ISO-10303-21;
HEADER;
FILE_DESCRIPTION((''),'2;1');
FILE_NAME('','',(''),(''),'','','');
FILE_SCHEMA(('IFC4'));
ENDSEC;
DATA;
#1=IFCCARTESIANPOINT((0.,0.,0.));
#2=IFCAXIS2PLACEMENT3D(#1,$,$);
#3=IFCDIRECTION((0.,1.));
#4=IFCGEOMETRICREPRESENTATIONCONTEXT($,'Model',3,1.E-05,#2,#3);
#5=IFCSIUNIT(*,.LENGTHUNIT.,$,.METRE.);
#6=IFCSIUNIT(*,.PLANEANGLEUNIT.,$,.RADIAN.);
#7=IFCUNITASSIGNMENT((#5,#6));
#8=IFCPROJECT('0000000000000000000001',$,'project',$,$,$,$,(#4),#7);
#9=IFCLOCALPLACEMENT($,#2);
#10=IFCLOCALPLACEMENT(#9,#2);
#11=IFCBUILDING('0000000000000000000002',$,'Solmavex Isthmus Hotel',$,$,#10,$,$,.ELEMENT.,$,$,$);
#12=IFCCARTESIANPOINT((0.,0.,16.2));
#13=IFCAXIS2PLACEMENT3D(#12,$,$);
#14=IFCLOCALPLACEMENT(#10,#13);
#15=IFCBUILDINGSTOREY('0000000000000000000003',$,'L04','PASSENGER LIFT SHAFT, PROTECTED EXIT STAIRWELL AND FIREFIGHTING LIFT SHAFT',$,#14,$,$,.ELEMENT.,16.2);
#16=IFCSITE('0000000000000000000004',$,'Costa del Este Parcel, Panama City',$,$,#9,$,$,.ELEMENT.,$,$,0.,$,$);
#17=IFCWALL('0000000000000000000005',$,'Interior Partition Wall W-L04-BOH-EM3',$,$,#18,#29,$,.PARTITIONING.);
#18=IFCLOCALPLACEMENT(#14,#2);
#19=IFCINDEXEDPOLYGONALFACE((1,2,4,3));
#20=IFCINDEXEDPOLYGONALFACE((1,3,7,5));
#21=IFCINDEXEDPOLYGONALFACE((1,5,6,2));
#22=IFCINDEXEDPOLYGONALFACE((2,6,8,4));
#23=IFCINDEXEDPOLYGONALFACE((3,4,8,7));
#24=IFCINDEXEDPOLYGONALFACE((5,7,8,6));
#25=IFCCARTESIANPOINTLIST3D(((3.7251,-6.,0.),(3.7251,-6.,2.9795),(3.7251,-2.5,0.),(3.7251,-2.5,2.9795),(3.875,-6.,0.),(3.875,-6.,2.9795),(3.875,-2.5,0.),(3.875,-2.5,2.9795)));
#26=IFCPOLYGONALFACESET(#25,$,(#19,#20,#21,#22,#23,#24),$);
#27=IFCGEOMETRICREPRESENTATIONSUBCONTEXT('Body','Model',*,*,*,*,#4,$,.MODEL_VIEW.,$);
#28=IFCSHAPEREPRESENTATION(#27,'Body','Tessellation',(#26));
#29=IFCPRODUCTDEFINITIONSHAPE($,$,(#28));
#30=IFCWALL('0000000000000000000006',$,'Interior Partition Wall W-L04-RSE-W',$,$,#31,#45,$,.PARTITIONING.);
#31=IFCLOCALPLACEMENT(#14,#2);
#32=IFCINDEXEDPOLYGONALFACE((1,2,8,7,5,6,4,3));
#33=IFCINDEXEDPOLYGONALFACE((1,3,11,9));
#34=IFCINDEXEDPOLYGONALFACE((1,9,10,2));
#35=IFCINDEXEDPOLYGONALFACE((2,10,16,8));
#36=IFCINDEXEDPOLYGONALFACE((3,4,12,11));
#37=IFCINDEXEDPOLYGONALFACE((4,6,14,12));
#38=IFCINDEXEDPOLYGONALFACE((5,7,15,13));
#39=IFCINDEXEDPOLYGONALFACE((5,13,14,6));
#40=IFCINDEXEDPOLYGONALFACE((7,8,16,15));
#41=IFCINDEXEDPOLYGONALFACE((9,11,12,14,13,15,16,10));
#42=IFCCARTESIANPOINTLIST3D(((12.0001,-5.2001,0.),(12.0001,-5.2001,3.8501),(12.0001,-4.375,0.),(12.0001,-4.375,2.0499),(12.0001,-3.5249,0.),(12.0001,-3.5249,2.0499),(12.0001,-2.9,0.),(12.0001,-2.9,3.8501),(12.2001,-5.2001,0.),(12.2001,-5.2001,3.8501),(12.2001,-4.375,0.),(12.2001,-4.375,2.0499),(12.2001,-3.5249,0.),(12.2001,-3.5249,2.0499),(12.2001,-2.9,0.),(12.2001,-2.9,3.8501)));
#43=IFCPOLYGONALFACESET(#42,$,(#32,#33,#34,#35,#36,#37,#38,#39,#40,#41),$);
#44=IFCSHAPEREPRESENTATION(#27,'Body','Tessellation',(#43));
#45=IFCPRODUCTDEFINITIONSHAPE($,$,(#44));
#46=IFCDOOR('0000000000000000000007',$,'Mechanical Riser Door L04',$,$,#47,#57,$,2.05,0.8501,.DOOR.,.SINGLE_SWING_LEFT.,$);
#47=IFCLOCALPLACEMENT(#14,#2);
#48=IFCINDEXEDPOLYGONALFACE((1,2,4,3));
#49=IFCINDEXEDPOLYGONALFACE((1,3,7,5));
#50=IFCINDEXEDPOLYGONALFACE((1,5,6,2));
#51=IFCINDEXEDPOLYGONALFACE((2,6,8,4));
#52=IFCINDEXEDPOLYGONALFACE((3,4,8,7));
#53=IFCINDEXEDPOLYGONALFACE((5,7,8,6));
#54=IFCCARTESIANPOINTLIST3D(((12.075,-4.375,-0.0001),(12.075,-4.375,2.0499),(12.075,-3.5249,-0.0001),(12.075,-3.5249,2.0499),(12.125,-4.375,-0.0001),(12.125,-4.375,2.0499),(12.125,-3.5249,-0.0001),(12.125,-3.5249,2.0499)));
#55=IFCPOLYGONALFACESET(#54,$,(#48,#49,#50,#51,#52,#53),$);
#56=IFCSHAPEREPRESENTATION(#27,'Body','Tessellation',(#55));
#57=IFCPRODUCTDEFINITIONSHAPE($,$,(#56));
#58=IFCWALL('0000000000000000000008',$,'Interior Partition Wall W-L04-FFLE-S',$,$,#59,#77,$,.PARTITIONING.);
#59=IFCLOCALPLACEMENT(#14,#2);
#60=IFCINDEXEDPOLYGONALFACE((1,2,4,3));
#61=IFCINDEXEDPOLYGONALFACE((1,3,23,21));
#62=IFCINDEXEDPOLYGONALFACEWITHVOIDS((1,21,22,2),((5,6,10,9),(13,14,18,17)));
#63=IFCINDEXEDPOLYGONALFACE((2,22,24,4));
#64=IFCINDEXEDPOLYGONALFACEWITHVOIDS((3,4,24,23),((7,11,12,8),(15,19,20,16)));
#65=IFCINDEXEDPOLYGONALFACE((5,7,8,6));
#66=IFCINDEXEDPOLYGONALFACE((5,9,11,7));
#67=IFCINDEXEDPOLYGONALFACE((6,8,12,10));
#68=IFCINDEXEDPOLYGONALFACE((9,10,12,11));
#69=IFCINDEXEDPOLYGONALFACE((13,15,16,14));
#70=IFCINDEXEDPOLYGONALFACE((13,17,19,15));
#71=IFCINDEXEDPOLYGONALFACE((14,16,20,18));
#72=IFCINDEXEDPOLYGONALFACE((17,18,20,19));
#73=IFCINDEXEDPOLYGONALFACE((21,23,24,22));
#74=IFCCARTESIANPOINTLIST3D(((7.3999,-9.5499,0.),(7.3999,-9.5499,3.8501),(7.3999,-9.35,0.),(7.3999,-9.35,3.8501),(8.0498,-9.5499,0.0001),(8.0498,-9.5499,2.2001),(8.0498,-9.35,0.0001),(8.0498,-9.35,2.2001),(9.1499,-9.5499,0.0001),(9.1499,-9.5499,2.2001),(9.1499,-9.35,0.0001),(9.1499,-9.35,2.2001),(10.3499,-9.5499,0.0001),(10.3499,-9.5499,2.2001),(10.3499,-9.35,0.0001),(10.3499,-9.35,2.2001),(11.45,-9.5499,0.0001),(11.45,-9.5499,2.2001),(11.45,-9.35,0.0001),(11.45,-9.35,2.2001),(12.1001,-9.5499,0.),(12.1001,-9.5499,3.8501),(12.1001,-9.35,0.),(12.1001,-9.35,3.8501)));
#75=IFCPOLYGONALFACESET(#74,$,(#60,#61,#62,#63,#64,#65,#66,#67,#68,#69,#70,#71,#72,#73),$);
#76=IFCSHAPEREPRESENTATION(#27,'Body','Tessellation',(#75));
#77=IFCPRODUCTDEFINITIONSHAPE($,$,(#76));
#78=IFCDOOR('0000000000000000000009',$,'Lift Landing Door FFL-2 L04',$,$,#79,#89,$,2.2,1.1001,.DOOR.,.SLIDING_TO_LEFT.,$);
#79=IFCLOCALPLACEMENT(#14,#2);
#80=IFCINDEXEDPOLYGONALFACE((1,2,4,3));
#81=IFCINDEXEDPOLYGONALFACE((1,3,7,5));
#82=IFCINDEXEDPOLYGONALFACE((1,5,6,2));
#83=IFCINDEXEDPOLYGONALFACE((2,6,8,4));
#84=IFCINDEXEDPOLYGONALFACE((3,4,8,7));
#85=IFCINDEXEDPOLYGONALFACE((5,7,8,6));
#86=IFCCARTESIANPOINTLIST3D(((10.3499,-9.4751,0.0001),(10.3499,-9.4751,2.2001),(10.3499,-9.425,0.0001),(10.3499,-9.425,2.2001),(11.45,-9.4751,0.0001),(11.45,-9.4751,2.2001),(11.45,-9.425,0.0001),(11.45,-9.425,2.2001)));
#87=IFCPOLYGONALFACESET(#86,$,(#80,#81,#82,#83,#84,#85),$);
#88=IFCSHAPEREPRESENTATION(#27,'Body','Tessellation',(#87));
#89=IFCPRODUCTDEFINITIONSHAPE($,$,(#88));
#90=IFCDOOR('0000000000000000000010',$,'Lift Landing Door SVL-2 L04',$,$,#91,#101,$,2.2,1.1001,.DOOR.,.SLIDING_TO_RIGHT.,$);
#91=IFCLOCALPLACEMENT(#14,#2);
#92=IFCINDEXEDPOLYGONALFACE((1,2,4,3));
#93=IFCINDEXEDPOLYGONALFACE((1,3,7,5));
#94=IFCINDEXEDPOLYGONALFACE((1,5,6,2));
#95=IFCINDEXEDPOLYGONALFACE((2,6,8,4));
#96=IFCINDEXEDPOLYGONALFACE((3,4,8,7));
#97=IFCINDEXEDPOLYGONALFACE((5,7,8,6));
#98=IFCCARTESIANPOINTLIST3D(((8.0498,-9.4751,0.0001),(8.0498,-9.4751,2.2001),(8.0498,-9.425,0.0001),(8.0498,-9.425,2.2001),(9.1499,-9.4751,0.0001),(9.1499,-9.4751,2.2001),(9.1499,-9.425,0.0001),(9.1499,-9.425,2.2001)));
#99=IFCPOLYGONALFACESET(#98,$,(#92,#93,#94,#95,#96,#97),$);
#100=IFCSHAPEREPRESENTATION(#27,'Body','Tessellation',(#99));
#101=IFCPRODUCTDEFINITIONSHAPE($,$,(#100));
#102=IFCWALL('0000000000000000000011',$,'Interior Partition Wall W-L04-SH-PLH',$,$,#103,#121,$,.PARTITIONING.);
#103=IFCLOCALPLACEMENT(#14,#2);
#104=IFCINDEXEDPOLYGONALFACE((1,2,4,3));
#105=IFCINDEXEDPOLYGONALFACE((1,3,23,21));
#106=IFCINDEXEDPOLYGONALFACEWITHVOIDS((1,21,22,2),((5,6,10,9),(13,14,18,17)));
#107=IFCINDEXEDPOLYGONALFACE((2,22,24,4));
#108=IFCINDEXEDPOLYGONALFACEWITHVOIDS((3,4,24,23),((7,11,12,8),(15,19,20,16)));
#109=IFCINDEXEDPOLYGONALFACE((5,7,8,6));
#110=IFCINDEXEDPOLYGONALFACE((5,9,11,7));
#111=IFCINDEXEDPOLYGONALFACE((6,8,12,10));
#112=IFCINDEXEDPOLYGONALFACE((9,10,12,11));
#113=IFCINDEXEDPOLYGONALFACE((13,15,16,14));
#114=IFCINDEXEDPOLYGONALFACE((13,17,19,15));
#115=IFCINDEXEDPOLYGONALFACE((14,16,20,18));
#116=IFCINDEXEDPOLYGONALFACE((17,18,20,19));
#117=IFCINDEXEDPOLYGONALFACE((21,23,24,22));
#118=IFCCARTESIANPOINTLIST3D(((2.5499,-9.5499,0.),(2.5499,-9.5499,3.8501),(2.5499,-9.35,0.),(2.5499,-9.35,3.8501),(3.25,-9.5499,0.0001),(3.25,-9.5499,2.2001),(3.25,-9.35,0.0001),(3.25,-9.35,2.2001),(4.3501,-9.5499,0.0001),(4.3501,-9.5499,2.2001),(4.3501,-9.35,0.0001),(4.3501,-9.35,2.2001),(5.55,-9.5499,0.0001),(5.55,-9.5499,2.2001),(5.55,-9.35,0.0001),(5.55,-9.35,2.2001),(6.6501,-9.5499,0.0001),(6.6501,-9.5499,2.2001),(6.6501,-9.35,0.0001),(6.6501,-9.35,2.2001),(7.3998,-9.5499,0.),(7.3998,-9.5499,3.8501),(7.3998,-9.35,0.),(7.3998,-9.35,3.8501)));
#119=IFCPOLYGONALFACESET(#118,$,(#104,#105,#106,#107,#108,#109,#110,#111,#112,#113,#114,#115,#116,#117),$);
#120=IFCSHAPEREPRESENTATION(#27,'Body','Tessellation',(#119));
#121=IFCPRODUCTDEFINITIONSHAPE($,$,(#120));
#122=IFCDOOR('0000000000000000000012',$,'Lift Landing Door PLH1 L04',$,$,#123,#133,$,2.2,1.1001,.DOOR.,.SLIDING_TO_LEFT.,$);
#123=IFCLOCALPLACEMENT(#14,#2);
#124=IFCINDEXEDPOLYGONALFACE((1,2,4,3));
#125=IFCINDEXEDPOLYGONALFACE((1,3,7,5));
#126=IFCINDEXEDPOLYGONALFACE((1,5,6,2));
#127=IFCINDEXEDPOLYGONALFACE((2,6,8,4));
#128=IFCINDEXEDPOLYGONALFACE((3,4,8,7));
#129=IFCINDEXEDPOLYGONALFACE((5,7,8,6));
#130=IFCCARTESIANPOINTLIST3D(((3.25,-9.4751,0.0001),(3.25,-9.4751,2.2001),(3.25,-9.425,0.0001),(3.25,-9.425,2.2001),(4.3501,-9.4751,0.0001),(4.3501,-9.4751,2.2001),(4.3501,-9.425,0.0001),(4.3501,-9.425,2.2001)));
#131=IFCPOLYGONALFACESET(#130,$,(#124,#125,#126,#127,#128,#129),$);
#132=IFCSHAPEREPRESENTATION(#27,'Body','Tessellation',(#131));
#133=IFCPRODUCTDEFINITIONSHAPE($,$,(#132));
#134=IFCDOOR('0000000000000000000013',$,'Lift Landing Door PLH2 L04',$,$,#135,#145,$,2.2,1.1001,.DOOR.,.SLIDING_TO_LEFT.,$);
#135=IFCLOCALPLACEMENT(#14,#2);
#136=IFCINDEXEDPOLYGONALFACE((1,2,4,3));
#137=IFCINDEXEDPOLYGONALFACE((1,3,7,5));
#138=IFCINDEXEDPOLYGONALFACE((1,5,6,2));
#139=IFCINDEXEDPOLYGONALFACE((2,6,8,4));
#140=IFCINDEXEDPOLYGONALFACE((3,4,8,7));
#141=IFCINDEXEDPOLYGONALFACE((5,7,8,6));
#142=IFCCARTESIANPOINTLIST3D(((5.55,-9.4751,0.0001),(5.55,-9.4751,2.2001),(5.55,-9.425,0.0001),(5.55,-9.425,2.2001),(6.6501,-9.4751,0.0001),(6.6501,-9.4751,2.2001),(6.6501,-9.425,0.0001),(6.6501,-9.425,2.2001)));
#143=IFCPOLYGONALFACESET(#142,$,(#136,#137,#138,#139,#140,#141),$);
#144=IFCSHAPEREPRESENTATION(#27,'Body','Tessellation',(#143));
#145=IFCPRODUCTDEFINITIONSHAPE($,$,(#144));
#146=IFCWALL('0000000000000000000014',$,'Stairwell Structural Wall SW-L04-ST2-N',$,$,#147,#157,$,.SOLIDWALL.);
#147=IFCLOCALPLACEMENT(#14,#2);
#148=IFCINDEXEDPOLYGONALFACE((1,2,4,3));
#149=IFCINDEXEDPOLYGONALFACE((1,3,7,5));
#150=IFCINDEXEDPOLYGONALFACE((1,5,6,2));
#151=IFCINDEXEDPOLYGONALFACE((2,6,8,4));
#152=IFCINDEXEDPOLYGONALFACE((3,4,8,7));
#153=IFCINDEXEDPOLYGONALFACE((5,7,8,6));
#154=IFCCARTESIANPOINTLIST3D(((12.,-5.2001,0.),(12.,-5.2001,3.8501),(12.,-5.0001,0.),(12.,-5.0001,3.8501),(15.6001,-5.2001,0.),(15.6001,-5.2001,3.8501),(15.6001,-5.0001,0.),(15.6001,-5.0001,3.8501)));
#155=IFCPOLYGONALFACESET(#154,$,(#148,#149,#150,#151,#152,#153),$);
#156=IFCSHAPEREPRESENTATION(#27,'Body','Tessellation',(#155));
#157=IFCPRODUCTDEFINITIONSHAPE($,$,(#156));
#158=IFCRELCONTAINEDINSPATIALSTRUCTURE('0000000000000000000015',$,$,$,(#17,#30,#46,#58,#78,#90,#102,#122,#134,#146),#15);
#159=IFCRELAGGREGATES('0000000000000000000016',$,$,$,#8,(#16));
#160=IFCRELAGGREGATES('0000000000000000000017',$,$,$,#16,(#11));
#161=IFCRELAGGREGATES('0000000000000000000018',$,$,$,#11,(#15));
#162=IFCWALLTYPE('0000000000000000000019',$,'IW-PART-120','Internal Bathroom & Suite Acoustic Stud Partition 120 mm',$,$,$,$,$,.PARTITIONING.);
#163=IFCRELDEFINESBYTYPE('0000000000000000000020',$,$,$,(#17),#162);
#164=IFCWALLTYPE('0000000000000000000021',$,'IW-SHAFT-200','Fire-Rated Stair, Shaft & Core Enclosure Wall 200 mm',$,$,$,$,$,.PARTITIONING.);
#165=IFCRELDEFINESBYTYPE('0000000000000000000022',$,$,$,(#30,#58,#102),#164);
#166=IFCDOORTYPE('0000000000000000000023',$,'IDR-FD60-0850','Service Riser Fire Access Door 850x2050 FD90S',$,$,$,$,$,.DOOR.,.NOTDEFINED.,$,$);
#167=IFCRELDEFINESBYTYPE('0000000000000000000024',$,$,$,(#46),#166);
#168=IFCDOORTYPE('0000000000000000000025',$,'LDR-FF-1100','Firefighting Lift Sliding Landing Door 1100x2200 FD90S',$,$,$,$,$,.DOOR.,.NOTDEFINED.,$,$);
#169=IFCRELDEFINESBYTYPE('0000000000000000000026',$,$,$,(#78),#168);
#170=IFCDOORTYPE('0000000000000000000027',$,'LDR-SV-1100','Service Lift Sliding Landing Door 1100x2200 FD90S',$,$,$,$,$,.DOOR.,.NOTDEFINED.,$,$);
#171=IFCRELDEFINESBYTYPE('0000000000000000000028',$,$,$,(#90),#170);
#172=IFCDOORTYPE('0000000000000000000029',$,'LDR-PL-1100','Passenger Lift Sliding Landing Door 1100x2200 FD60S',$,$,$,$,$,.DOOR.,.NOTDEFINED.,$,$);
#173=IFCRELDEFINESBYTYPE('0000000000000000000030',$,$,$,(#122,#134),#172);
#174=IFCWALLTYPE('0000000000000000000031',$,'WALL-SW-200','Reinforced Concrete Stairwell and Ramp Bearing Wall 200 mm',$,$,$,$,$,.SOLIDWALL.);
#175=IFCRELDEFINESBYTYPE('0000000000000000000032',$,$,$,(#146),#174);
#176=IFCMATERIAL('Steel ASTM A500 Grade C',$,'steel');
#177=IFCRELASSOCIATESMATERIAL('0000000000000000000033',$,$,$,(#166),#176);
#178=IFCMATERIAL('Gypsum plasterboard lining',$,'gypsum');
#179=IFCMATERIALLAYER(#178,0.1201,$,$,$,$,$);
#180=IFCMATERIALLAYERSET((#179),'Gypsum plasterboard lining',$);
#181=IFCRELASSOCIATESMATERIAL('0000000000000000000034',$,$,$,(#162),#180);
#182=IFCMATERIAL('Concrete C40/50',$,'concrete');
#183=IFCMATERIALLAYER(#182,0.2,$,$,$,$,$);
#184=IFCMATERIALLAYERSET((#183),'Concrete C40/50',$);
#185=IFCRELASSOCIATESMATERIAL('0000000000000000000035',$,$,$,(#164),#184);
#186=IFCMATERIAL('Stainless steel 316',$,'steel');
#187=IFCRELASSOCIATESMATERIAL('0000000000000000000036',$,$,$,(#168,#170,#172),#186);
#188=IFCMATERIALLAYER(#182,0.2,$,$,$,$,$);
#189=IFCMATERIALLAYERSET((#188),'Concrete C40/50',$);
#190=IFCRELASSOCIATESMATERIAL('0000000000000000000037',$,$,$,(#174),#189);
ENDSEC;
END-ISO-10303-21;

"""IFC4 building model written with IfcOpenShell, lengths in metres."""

from ifc_helpers import new_model, si_unit, direction, frame, frame_2d, origin, place, context, subcontext, project, spatial, rectangle, extrude, material, layer, layer_set, type_object, element, fill, save


model = new_model("IFC4")

# Units and contexts
model_context = context("Model", 3, precision=1e-05, world=origin(), true_north=direction((0.0, 1.0)))
body_context = subcontext(model_context, "Body", "Model", "MODEL_VIEW")
ifc_project = project(units=[si_unit("LENGTHUNIT", "METRE"), si_unit("PLANEANGLEUNIT", "RADIAN")], contexts=[model_context])

# Site, building, storey
site_placement = place(None, origin())
site = spatial("IfcSite", under=ifc_project, at=site_placement, Name="Costa del Este Parcel, Panama City", CompositionType="ELEMENT", RefElevation=0.0)
building_placement = place(site_placement, origin())
building = spatial("IfcBuilding", under=site, at=building_placement, Name="Solmavex Isthmus Hotel", CompositionType="ELEMENT")
storey_placement = place(building_placement, frame((0.0, 0.0, 16.2)))
storey = spatial("IfcBuildingStorey", under=building, at=storey_placement, Name="L04", Description="PASSENGER LIFT SHAFT, PROTECTED EXIT STAIRWELL AND FIREFIGHTING LIFT SHAFT", CompositionType="ELEMENT", Elevation=16.2)

# Shared definitions
ifc_material_1 = material(Name="Gypsum plasterboard lining", Category="gypsum")
ifc_material_2 = material(Name="Steel ASTM A500 Grade C", Category="steel")
door_type_1 = type_object("IfcDoorType", Name="IDR-FD60-0850", Description="Service Riser Fire Access Door 850x2050 FD90S", OperationType="NOTDEFINED", PredefinedType="DOOR", material=ifc_material_2)

# Wall
ifc_layer_1 = layer(ifc_material_1, 0.1201)
ifc_layer_set_1 = layer_set([ifc_layer_1], Name="Gypsum plasterboard lining")
wall_type_1 = type_object("IfcWallType", Name="IW-PART-120", Description="Internal Bathroom & Suite Acoustic Stud Partition 120 mm", PredefinedType="PARTITIONING", material=ifc_layer_set_1)
wall_1_placement = place(storey_placement, frame((3.8, -6.0, 0.0), z_axis=(0.0, 0.0, 1.0), x_axis=(0.0, 1.0, 0.0)))
element("IfcWall", 1, at=wall_1_placement, inside=storey, type_object=wall_type_1, Name="Interior Partition Wall W-L04-BOH-EM3", PredefinedType="PARTITIONING", context=body_context, shape_type="SweptSolid", body=[
    extrude(rectangle(XDim=3.5, YDim=0.1499, at=frame_2d((1.75, 0.0))), origin(), (0.0, 0.0, 1.0), 2.9795),
])

# Wall, opening, door
ifc_material_3 = material(Name="Concrete C40/50", Category="concrete")
ifc_layer_2 = layer(ifc_material_3, 0.2)
ifc_layer_set_2 = layer_set([ifc_layer_2], Name="Concrete C40/50")
wall_type_2 = type_object("IfcWallType", Name="IW-SHAFT-200", Description="Fire-Rated Stair, Shaft & Core Enclosure Wall 200 mm", PredefinedType="PARTITIONING", material=ifc_layer_set_2)
wall_2_placement = place(storey_placement, frame((12.1001, -5.2, 0.0), z_axis=(0.0, 0.0, 1.0), x_axis=(0.0, 1.0, 0.0)))
wall_2 = element("IfcWall", 2, at=wall_2_placement, inside=storey, type_object=wall_type_2, Name="Interior Partition Wall W-L04-RSE-W", PredefinedType="PARTITIONING", context=body_context, shape_type="SweptSolid", body=[
    extrude(rectangle(XDim=2.3, YDim=0.2, at=frame_2d((1.1499, 0.0))), origin(), (0.0, 0.0, 1.0), 3.8501),
])
opening_1_placement = place(wall_2_placement, frame((0.825, 0.0, 0.0)))
opening_1 = element("IfcOpeningElement", 3, at=opening_1_placement, cuts=wall_2, PredefinedType="OPENING", context=body_context, shape_type="SweptSolid", body=[
    extrude(rectangle(XDim=0.8501, YDim=2.05, at=frame_2d((0.425, 1.0249))), frame((0.0, 0.1099, 0.0), z_axis=(0.0, -1.0, 0.0), x_axis=(1.0, 0.0, 0.0)), (0.0, 0.0, 1.0), 0.22),
])
door_1_placement = place(opening_1_placement, frame((0.8501, 0.0, 0.0), z_axis=(0.0, 0.0, 1.0), x_axis=(-1.0, 0.0, 0.0)))
door_1 = element("IfcDoor", 4, at=door_1_placement, inside=storey, type_object=door_type_1, Name="Mechanical Riser Door L04", OperationType="SINGLE_SWING_LEFT", OverallHeight=2.05, OverallWidth=0.8501, PredefinedType="DOOR", context=body_context, shape_type="SweptSolid", body=[
    extrude(rectangle(XDim=0.8501, YDim=2.05, at=frame_2d((0.425, 1.0249))), frame((0.0, 0.0249, 0.0), z_axis=(0.0, -1.0, 0.0), x_axis=(1.0, 0.0, 0.0)), (0.0, 0.0, 1.0), 0.05),
])
fill(opening_1, door_1)

# Walls, openings, doors
wall_3_placement = place(storey_placement, frame((7.3999, -9.45, 0.0), z_axis=(0.0, 0.0, 1.0), x_axis=(1.0, 0.0, 0.0)))
wall_3 = element("IfcWall", 5, at=wall_3_placement, inside=storey, type_object=wall_type_2, Name="Interior Partition Wall W-L04-FFLE-S", PredefinedType="PARTITIONING", context=body_context, shape_type="SweptSolid", body=[
    extrude(rectangle(XDim=4.7002, YDim=0.2, at=frame_2d((2.3501, 0.0))), origin(), (0.0, 0.0, 1.0), 3.8501),
])
opening_2_placement = place(wall_3_placement, frame((2.95, 0.0, 0.0)))
opening_2 = element("IfcOpeningElement", 6, at=opening_2_placement, cuts=wall_3, PredefinedType="OPENING", context=body_context, shape_type="SweptSolid", body=[
    extrude(rectangle(XDim=1.1001, YDim=2.2, at=frame_2d((0.55, 1.1001))), frame((0.0, 0.1099, 0.0), z_axis=(0.0, -1.0, 0.0), x_axis=(1.0, 0.0, 0.0)), (0.0, 0.0, 1.0), 0.22),
])
opening_3_placement = place(wall_3_placement, frame((0.6499, 0.0, 0.0)))
opening_3 = element("IfcOpeningElement", 7, at=opening_3_placement, cuts=wall_3, PredefinedType="OPENING", context=body_context, shape_type="SweptSolid", body=[
    extrude(rectangle(XDim=1.1001, YDim=2.2, at=frame_2d((0.55, 1.1001))), frame((0.0, 0.1099, 0.0), z_axis=(0.0, -1.0, 0.0), x_axis=(1.0, 0.0, 0.0)), (0.0, 0.0, 1.0), 0.22),
])
ifc_material_4 = material(Name="Stainless steel 316", Category="steel")
door_type_2 = type_object("IfcDoorType", Name="LDR-FF-1100", Description="Firefighting Lift Sliding Landing Door 1100x2200 FD90S", OperationType="NOTDEFINED", PredefinedType="DOOR", material=ifc_material_4)
door_2_placement = place(opening_2_placement, origin())
door_2 = element("IfcDoor", 8, at=door_2_placement, inside=storey, type_object=door_type_2, Name="Lift Landing Door FFL-2 L04", OperationType="SLIDING_TO_LEFT", OverallHeight=2.2, OverallWidth=1.1001, PredefinedType="DOOR", context=body_context, shape_type="SweptSolid", body=[
    extrude(rectangle(XDim=1.1001, YDim=2.2, at=frame_2d((0.55, 1.1001))), frame((0.0, 0.0249, 0.0), z_axis=(0.0, -1.0, 0.0), x_axis=(1.0, 0.0, 0.0)), (0.0, 0.0, 1.0), 0.05),
])
fill(opening_2, door_2)
door_type_3 = type_object("IfcDoorType", Name="LDR-SV-1100", Description="Service Lift Sliding Landing Door 1100x2200 FD90S", OperationType="NOTDEFINED", PredefinedType="DOOR", material=ifc_material_4)
door_3_placement = place(opening_3_placement, origin())
door_3 = element("IfcDoor", 9, at=door_3_placement, inside=storey, type_object=door_type_3, Name="Lift Landing Door SVL-2 L04", OperationType="SLIDING_TO_RIGHT", OverallHeight=2.2, OverallWidth=1.1001, PredefinedType="DOOR", context=body_context, shape_type="SweptSolid", body=[
    extrude(rectangle(XDim=1.1001, YDim=2.2, at=frame_2d((0.55, 1.1001))), frame((0.0, 0.0249, 0.0), z_axis=(0.0, -1.0, 0.0), x_axis=(1.0, 0.0, 0.0)), (0.0, 0.0, 1.0), 0.05),
])
fill(opening_3, door_3)
wall_4_placement = place(storey_placement, frame((2.55, -9.45, 0.0), z_axis=(0.0, 0.0, 1.0), x_axis=(1.0, 0.0, 0.0)))
wall_4 = element("IfcWall", 10, at=wall_4_placement, inside=storey, type_object=wall_type_2, Name="Interior Partition Wall W-L04-SH-PLH", PredefinedType="PARTITIONING", context=body_context, shape_type="SweptSolid", body=[
    extrude(rectangle(XDim=4.8499, YDim=0.2, at=frame_2d((2.4248, 0.0))), origin(), (0.0, 0.0, 1.0), 3.8501),
])
opening_4_placement = place(wall_4_placement, frame((0.7, 0.0, 0.0)))
opening_4 = element("IfcOpeningElement", 11, at=opening_4_placement, cuts=wall_4, PredefinedType="OPENING", context=body_context, shape_type="SweptSolid", body=[
    extrude(rectangle(XDim=1.1001, YDim=2.2, at=frame_2d((0.55, 1.1001))), frame((0.0, 0.1099, 0.0), z_axis=(0.0, -1.0, 0.0), x_axis=(1.0, 0.0, 0.0)), (0.0, 0.0, 1.0), 0.22),
])
opening_5_placement = place(wall_4_placement, frame((3.0, 0.0, 0.0)))
opening_5 = element("IfcOpeningElement", 12, at=opening_5_placement, cuts=wall_4, PredefinedType="OPENING", context=body_context, shape_type="SweptSolid", body=[
    extrude(rectangle(XDim=1.1001, YDim=2.2, at=frame_2d((0.55, 1.1001))), frame((0.0, 0.1099, 0.0), z_axis=(0.0, -1.0, 0.0), x_axis=(1.0, 0.0, 0.0)), (0.0, 0.0, 1.0), 0.22),
])
door_type_4 = type_object("IfcDoorType", Name="LDR-PL-1100", Description="Passenger Lift Sliding Landing Door 1100x2200 FD60S", OperationType="NOTDEFINED", PredefinedType="DOOR", material=ifc_material_4)
door_4_placement = place(opening_4_placement, origin())
door_4 = element("IfcDoor", 13, at=door_4_placement, inside=storey, type_object=door_type_4, Name="Lift Landing Door PLH1 L04", OperationType="SLIDING_TO_LEFT", OverallHeight=2.2, OverallWidth=1.1001, PredefinedType="DOOR", context=body_context, shape_type="SweptSolid", body=[
    extrude(rectangle(XDim=1.1001, YDim=2.2, at=frame_2d((0.55, 1.1001))), frame((0.0, 0.0249, 0.0), z_axis=(0.0, -1.0, 0.0), x_axis=(1.0, 0.0, 0.0)), (0.0, 0.0, 1.0), 0.05),
])
fill(opening_4, door_4)
door_5_placement = place(opening_5_placement, origin())
door_5 = element("IfcDoor", 14, at=door_5_placement, inside=storey, type_object=door_type_4, Name="Lift Landing Door PLH2 L04", OperationType="SLIDING_TO_LEFT", OverallHeight=2.2, OverallWidth=1.1001, PredefinedType="DOOR", context=body_context, shape_type="SweptSolid", body=[
    extrude(rectangle(XDim=1.1001, YDim=2.2, at=frame_2d((0.55, 1.1001))), frame((0.0, 0.0249, 0.0), z_axis=(0.0, -1.0, 0.0), x_axis=(1.0, 0.0, 0.0)), (0.0, 0.0, 1.0), 0.05),
])
fill(opening_5, door_5)

# Wall
ifc_layer_3 = layer(ifc_material_3, 0.2)
ifc_layer_set_3 = layer_set([ifc_layer_3], Name="Concrete C40/50")
wall_type_3 = type_object("IfcWallType", Name="WALL-SW-200", Description="Reinforced Concrete Stairwell and Ramp Bearing Wall 200 mm", PredefinedType="SOLIDWALL", material=ifc_layer_set_3)
wall_5_placement = place(storey_placement, frame((12.0, -5.1001, 0.0), z_axis=(0.0, 0.0, 1.0), x_axis=(1.0, 0.0, 0.0)))
element("IfcWall", 15, at=wall_5_placement, inside=storey, type_object=wall_type_3, Name="Stairwell Structural Wall SW-L04-ST2-N", PredefinedType="SOLIDWALL", context=body_context, shape_type="SweptSolid", body=[
    extrude(rectangle(XDim=3.6001, YDim=0.2, at=frame_2d((1.8, 0.0))), origin(), (0.0, 0.0, 1.0), 3.8501),
])

save(model, "model.ifc")
